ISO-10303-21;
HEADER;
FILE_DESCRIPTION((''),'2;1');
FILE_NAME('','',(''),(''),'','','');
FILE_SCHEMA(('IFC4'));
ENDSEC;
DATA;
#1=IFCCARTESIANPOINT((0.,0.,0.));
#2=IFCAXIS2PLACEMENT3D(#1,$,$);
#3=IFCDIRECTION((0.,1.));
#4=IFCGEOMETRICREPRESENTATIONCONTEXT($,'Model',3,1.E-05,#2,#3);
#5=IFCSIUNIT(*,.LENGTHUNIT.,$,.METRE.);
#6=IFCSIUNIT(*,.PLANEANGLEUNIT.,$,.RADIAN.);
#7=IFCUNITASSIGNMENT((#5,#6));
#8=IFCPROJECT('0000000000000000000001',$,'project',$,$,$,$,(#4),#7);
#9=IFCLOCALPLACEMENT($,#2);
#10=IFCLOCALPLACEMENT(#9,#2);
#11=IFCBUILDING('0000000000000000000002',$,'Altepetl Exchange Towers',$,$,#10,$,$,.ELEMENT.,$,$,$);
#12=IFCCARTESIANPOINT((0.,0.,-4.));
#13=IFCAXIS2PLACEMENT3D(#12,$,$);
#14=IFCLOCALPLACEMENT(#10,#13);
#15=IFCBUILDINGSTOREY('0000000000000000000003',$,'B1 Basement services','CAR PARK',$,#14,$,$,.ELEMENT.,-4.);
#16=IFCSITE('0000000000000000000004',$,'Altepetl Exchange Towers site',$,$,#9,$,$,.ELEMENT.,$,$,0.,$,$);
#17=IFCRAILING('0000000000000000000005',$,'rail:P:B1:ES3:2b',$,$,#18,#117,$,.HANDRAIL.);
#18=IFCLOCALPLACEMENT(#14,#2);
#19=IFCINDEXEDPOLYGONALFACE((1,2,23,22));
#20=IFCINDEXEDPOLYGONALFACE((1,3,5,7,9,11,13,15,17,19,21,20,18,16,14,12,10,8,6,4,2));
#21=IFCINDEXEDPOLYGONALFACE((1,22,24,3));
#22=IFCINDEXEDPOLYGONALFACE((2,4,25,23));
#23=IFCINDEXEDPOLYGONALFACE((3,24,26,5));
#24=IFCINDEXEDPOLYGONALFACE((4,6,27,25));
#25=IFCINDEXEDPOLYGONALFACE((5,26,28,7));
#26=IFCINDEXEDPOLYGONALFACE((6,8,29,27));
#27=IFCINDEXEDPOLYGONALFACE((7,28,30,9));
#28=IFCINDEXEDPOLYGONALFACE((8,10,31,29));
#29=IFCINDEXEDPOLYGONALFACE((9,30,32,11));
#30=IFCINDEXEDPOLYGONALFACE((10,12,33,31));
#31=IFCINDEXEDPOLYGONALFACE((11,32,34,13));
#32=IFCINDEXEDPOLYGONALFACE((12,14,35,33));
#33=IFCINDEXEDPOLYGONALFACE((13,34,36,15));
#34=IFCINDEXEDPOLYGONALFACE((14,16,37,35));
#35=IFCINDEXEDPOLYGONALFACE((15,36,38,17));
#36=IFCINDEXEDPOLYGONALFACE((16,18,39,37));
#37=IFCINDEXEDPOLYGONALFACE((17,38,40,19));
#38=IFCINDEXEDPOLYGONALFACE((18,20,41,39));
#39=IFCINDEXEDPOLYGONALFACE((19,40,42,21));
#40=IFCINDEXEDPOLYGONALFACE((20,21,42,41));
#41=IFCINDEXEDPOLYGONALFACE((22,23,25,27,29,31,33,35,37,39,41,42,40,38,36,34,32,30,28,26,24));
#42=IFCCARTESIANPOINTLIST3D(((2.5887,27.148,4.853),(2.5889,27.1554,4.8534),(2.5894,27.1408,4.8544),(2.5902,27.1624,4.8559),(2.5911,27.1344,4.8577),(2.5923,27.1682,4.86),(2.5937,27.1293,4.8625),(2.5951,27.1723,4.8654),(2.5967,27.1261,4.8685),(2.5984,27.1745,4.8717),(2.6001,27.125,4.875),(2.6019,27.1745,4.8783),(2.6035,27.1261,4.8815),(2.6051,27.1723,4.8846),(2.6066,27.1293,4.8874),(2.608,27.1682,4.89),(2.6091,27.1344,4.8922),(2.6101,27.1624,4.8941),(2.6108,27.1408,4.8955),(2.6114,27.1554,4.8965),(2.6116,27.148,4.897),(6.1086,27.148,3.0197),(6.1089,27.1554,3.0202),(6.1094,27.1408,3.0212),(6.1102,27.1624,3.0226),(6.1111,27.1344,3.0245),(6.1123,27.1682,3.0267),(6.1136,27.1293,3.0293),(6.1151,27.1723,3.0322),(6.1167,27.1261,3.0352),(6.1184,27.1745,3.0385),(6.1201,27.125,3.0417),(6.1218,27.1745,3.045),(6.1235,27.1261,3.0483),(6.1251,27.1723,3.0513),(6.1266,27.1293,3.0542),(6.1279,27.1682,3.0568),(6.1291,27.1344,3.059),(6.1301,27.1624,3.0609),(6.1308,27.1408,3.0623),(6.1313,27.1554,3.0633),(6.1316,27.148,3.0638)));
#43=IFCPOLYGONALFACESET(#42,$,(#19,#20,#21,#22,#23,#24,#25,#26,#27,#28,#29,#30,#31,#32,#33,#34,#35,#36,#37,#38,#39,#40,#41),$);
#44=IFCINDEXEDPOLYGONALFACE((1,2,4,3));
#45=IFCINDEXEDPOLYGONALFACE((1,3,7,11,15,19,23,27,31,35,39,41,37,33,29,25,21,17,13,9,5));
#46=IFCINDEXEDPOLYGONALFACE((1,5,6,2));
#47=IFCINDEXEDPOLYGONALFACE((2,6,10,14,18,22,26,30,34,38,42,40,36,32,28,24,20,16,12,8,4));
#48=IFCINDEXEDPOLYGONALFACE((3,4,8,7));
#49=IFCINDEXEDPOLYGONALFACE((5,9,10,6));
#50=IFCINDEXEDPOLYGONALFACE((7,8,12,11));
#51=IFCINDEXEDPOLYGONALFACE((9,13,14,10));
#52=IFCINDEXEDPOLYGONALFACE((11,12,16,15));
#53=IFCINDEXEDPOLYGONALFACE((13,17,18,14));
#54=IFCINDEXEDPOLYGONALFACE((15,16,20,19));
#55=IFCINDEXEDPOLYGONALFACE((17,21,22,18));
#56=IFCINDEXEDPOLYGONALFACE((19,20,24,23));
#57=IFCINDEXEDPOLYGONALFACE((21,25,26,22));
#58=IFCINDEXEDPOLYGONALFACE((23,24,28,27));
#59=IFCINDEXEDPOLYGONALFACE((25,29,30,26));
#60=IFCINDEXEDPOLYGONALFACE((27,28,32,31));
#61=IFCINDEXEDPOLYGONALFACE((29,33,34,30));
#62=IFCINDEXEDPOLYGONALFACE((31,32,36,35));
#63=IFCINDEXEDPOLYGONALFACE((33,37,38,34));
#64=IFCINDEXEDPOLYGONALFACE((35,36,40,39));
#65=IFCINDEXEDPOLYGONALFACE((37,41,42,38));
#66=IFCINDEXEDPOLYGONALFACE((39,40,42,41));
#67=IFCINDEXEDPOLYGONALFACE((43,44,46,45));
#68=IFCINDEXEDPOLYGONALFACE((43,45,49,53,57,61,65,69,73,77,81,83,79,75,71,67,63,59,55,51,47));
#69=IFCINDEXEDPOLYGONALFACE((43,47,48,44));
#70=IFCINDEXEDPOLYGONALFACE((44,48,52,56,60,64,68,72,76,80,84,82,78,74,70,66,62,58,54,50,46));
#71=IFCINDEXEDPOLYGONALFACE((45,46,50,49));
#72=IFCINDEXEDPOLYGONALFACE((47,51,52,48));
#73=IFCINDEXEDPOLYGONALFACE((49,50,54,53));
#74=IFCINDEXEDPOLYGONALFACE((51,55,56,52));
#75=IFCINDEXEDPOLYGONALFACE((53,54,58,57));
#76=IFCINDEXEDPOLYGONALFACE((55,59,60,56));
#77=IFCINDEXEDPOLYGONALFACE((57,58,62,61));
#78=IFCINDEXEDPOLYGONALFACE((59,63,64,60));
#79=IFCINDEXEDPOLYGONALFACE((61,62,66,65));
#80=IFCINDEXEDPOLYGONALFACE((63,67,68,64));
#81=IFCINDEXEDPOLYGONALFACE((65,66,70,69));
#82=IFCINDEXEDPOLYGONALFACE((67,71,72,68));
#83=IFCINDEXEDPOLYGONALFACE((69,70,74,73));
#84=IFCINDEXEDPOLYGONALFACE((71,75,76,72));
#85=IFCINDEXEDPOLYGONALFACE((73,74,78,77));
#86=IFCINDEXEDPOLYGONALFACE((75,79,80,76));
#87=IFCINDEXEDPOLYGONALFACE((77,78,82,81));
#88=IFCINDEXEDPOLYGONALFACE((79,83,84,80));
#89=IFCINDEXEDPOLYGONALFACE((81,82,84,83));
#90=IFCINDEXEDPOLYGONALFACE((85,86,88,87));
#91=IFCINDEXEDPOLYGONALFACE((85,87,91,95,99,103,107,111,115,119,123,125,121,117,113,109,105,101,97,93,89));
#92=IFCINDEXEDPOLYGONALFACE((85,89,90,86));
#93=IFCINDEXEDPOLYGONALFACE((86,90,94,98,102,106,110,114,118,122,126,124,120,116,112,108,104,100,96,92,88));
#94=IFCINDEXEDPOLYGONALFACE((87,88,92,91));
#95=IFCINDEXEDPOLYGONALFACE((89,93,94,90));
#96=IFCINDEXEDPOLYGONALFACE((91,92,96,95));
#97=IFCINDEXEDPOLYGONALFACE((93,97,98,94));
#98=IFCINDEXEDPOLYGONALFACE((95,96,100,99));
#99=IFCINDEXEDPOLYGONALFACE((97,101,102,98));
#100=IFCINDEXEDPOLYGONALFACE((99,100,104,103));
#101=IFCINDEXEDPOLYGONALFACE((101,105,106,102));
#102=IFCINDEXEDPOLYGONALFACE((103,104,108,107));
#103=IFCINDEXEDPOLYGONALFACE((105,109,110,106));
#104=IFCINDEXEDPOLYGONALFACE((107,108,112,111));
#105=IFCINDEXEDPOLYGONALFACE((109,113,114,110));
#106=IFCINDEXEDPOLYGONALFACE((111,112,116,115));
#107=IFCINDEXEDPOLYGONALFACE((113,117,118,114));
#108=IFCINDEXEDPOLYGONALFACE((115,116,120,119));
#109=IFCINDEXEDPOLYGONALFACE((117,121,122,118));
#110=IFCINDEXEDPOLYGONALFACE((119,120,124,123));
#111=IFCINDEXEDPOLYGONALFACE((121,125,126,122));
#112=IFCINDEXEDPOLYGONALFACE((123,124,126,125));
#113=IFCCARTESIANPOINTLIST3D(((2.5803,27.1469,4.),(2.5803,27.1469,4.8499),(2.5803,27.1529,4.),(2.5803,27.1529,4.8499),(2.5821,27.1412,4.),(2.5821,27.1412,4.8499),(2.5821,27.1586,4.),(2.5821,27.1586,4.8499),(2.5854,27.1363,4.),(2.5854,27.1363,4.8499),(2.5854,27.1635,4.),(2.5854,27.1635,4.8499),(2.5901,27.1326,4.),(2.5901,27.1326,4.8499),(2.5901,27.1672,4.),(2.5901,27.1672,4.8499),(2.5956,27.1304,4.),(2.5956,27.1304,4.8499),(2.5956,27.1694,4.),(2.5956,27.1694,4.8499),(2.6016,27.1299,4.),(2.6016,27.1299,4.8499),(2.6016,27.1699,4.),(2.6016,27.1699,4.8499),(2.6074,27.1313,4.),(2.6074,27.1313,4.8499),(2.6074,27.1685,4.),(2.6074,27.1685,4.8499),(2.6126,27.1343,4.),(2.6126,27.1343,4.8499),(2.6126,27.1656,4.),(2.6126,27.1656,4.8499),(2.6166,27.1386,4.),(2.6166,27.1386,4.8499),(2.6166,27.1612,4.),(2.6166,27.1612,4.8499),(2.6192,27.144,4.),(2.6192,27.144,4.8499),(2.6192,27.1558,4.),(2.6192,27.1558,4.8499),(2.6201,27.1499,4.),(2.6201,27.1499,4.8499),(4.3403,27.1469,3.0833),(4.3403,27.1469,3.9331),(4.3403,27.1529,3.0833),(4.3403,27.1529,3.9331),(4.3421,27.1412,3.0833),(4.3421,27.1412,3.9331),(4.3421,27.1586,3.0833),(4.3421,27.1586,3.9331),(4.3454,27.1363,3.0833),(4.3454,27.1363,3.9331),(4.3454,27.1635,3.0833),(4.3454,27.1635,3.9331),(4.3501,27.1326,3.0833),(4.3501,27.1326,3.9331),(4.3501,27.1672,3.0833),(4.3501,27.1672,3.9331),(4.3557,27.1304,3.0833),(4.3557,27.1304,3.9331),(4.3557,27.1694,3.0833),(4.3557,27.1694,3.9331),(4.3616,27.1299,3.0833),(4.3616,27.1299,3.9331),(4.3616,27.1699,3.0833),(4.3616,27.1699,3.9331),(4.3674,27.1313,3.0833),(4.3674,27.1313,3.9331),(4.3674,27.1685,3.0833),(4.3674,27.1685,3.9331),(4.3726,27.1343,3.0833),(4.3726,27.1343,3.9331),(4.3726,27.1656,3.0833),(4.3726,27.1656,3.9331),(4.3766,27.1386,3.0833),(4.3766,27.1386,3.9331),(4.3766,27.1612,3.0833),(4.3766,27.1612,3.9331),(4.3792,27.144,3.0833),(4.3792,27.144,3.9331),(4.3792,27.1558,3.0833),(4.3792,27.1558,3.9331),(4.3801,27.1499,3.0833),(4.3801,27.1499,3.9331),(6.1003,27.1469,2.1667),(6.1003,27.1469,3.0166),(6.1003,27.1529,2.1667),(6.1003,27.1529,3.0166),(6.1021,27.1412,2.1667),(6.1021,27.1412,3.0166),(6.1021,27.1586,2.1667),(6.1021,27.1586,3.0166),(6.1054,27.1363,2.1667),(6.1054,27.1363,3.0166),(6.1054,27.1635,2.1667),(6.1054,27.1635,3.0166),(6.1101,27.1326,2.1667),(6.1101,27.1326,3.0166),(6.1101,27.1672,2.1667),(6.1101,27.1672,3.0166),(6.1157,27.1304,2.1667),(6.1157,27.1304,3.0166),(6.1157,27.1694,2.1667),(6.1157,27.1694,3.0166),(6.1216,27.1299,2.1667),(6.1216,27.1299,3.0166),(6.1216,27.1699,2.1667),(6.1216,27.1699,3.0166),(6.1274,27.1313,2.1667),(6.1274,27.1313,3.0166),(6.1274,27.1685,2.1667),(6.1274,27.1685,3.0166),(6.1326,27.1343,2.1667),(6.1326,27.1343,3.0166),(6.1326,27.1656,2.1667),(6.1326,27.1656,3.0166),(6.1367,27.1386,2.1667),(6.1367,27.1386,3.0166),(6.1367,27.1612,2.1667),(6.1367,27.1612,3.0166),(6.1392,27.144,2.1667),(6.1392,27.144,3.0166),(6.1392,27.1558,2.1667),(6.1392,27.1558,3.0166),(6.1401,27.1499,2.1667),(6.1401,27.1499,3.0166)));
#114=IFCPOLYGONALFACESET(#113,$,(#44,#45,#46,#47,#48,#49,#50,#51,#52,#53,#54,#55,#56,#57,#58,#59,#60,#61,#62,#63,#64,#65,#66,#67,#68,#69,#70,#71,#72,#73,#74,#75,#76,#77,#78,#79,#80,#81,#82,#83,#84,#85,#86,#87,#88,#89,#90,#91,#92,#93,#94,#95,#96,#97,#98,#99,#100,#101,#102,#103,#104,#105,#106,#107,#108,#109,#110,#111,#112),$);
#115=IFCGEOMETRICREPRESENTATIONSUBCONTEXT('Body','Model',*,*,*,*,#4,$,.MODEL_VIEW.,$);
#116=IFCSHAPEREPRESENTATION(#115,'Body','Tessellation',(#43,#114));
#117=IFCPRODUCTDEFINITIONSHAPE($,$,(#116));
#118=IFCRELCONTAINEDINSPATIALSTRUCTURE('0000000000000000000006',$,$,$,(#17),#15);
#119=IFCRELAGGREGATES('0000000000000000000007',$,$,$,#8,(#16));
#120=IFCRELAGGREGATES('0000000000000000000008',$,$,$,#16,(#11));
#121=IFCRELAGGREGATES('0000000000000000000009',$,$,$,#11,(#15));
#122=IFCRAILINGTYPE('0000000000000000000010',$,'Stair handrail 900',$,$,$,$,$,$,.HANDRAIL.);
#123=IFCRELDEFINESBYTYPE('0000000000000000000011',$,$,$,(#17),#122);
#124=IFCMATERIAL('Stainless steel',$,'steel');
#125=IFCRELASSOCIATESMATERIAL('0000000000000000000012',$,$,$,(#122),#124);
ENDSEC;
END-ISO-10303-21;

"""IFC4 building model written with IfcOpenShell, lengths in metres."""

from ifc_helpers import new_model, si_unit, direction, frame, origin, origin_2d, place, context, subcontext, project, spatial, circle, extrude, source, transform, mapped, material, type_object, element, save


model = new_model("IFC4")

# Units and contexts
model_context = context("Model", 3, precision=1e-05, world=origin(), true_north=direction((0.0, 1.0)))
body_context = subcontext(model_context, "Body", "Model", "MODEL_VIEW")
ifc_project = project(units=[si_unit("LENGTHUNIT", "METRE"), si_unit("PLANEANGLEUNIT", "RADIAN")], contexts=[model_context])

# Site, building, storey
site_placement = place(None, origin())
site = spatial("IfcSite", under=ifc_project, at=site_placement, Name="Altepetl Exchange Towers site", CompositionType="ELEMENT", RefElevation=0.0)
building_placement = place(site_placement, origin())
building = spatial("IfcBuilding", under=site, at=building_placement, Name="Altepetl Exchange Towers", CompositionType="ELEMENT")
storey_placement = place(building_placement, frame((0.0, 0.0, -4.0)))
storey = spatial("IfcBuildingStorey", under=building, at=storey_placement, Name="B1 Basement services", Description="CAR PARK", CompositionType="ELEMENT", Elevation=-4.0)

# Railing
ifc_material_1 = material(Name="Stainless steel", Category="steel")
railing_type_1 = type_object("IfcRailingType", Name="Stair handrail 900", PredefinedType="HANDRAIL", material=ifc_material_1)
shared_shape_1 = source(origin(), body_context, "Body", "SweptSolid", [
    extrude(circle(Radius=0.02, at=origin_2d()), origin(), (0.0, 0.0, 1.0), 0.8499),
])
railing_1_placement = place(storey_placement, frame((6.1201, 27.1499, 2.1667)))
element("IfcRailing", 1, at=railing_1_placement, inside=storey, type_object=railing_type_1, Name="rail:P:B1:ES3:2b", PredefinedType="HANDRAIL", context=body_context, shape_type="SweptSolid", body=[
    extrude(circle(Radius=0.0249, at=origin_2d()), frame((0.0, 0.0, 0.875), z_axis=(-0.886924, 0.0, 0.461916), x_axis=(0.0, -1.0, 0.0)), (0.0, 0.0, 1.0), 3.9688),
    mapped(shared_shape_1, transform((0.0, 0.0, 0.0))),
    mapped(shared_shape_1, transform((-1.76, 0.0, 0.9165))),
    mapped(shared_shape_1, transform((-3.52, 0.0, 1.8333))),
])

save(model, "model.ifc")
